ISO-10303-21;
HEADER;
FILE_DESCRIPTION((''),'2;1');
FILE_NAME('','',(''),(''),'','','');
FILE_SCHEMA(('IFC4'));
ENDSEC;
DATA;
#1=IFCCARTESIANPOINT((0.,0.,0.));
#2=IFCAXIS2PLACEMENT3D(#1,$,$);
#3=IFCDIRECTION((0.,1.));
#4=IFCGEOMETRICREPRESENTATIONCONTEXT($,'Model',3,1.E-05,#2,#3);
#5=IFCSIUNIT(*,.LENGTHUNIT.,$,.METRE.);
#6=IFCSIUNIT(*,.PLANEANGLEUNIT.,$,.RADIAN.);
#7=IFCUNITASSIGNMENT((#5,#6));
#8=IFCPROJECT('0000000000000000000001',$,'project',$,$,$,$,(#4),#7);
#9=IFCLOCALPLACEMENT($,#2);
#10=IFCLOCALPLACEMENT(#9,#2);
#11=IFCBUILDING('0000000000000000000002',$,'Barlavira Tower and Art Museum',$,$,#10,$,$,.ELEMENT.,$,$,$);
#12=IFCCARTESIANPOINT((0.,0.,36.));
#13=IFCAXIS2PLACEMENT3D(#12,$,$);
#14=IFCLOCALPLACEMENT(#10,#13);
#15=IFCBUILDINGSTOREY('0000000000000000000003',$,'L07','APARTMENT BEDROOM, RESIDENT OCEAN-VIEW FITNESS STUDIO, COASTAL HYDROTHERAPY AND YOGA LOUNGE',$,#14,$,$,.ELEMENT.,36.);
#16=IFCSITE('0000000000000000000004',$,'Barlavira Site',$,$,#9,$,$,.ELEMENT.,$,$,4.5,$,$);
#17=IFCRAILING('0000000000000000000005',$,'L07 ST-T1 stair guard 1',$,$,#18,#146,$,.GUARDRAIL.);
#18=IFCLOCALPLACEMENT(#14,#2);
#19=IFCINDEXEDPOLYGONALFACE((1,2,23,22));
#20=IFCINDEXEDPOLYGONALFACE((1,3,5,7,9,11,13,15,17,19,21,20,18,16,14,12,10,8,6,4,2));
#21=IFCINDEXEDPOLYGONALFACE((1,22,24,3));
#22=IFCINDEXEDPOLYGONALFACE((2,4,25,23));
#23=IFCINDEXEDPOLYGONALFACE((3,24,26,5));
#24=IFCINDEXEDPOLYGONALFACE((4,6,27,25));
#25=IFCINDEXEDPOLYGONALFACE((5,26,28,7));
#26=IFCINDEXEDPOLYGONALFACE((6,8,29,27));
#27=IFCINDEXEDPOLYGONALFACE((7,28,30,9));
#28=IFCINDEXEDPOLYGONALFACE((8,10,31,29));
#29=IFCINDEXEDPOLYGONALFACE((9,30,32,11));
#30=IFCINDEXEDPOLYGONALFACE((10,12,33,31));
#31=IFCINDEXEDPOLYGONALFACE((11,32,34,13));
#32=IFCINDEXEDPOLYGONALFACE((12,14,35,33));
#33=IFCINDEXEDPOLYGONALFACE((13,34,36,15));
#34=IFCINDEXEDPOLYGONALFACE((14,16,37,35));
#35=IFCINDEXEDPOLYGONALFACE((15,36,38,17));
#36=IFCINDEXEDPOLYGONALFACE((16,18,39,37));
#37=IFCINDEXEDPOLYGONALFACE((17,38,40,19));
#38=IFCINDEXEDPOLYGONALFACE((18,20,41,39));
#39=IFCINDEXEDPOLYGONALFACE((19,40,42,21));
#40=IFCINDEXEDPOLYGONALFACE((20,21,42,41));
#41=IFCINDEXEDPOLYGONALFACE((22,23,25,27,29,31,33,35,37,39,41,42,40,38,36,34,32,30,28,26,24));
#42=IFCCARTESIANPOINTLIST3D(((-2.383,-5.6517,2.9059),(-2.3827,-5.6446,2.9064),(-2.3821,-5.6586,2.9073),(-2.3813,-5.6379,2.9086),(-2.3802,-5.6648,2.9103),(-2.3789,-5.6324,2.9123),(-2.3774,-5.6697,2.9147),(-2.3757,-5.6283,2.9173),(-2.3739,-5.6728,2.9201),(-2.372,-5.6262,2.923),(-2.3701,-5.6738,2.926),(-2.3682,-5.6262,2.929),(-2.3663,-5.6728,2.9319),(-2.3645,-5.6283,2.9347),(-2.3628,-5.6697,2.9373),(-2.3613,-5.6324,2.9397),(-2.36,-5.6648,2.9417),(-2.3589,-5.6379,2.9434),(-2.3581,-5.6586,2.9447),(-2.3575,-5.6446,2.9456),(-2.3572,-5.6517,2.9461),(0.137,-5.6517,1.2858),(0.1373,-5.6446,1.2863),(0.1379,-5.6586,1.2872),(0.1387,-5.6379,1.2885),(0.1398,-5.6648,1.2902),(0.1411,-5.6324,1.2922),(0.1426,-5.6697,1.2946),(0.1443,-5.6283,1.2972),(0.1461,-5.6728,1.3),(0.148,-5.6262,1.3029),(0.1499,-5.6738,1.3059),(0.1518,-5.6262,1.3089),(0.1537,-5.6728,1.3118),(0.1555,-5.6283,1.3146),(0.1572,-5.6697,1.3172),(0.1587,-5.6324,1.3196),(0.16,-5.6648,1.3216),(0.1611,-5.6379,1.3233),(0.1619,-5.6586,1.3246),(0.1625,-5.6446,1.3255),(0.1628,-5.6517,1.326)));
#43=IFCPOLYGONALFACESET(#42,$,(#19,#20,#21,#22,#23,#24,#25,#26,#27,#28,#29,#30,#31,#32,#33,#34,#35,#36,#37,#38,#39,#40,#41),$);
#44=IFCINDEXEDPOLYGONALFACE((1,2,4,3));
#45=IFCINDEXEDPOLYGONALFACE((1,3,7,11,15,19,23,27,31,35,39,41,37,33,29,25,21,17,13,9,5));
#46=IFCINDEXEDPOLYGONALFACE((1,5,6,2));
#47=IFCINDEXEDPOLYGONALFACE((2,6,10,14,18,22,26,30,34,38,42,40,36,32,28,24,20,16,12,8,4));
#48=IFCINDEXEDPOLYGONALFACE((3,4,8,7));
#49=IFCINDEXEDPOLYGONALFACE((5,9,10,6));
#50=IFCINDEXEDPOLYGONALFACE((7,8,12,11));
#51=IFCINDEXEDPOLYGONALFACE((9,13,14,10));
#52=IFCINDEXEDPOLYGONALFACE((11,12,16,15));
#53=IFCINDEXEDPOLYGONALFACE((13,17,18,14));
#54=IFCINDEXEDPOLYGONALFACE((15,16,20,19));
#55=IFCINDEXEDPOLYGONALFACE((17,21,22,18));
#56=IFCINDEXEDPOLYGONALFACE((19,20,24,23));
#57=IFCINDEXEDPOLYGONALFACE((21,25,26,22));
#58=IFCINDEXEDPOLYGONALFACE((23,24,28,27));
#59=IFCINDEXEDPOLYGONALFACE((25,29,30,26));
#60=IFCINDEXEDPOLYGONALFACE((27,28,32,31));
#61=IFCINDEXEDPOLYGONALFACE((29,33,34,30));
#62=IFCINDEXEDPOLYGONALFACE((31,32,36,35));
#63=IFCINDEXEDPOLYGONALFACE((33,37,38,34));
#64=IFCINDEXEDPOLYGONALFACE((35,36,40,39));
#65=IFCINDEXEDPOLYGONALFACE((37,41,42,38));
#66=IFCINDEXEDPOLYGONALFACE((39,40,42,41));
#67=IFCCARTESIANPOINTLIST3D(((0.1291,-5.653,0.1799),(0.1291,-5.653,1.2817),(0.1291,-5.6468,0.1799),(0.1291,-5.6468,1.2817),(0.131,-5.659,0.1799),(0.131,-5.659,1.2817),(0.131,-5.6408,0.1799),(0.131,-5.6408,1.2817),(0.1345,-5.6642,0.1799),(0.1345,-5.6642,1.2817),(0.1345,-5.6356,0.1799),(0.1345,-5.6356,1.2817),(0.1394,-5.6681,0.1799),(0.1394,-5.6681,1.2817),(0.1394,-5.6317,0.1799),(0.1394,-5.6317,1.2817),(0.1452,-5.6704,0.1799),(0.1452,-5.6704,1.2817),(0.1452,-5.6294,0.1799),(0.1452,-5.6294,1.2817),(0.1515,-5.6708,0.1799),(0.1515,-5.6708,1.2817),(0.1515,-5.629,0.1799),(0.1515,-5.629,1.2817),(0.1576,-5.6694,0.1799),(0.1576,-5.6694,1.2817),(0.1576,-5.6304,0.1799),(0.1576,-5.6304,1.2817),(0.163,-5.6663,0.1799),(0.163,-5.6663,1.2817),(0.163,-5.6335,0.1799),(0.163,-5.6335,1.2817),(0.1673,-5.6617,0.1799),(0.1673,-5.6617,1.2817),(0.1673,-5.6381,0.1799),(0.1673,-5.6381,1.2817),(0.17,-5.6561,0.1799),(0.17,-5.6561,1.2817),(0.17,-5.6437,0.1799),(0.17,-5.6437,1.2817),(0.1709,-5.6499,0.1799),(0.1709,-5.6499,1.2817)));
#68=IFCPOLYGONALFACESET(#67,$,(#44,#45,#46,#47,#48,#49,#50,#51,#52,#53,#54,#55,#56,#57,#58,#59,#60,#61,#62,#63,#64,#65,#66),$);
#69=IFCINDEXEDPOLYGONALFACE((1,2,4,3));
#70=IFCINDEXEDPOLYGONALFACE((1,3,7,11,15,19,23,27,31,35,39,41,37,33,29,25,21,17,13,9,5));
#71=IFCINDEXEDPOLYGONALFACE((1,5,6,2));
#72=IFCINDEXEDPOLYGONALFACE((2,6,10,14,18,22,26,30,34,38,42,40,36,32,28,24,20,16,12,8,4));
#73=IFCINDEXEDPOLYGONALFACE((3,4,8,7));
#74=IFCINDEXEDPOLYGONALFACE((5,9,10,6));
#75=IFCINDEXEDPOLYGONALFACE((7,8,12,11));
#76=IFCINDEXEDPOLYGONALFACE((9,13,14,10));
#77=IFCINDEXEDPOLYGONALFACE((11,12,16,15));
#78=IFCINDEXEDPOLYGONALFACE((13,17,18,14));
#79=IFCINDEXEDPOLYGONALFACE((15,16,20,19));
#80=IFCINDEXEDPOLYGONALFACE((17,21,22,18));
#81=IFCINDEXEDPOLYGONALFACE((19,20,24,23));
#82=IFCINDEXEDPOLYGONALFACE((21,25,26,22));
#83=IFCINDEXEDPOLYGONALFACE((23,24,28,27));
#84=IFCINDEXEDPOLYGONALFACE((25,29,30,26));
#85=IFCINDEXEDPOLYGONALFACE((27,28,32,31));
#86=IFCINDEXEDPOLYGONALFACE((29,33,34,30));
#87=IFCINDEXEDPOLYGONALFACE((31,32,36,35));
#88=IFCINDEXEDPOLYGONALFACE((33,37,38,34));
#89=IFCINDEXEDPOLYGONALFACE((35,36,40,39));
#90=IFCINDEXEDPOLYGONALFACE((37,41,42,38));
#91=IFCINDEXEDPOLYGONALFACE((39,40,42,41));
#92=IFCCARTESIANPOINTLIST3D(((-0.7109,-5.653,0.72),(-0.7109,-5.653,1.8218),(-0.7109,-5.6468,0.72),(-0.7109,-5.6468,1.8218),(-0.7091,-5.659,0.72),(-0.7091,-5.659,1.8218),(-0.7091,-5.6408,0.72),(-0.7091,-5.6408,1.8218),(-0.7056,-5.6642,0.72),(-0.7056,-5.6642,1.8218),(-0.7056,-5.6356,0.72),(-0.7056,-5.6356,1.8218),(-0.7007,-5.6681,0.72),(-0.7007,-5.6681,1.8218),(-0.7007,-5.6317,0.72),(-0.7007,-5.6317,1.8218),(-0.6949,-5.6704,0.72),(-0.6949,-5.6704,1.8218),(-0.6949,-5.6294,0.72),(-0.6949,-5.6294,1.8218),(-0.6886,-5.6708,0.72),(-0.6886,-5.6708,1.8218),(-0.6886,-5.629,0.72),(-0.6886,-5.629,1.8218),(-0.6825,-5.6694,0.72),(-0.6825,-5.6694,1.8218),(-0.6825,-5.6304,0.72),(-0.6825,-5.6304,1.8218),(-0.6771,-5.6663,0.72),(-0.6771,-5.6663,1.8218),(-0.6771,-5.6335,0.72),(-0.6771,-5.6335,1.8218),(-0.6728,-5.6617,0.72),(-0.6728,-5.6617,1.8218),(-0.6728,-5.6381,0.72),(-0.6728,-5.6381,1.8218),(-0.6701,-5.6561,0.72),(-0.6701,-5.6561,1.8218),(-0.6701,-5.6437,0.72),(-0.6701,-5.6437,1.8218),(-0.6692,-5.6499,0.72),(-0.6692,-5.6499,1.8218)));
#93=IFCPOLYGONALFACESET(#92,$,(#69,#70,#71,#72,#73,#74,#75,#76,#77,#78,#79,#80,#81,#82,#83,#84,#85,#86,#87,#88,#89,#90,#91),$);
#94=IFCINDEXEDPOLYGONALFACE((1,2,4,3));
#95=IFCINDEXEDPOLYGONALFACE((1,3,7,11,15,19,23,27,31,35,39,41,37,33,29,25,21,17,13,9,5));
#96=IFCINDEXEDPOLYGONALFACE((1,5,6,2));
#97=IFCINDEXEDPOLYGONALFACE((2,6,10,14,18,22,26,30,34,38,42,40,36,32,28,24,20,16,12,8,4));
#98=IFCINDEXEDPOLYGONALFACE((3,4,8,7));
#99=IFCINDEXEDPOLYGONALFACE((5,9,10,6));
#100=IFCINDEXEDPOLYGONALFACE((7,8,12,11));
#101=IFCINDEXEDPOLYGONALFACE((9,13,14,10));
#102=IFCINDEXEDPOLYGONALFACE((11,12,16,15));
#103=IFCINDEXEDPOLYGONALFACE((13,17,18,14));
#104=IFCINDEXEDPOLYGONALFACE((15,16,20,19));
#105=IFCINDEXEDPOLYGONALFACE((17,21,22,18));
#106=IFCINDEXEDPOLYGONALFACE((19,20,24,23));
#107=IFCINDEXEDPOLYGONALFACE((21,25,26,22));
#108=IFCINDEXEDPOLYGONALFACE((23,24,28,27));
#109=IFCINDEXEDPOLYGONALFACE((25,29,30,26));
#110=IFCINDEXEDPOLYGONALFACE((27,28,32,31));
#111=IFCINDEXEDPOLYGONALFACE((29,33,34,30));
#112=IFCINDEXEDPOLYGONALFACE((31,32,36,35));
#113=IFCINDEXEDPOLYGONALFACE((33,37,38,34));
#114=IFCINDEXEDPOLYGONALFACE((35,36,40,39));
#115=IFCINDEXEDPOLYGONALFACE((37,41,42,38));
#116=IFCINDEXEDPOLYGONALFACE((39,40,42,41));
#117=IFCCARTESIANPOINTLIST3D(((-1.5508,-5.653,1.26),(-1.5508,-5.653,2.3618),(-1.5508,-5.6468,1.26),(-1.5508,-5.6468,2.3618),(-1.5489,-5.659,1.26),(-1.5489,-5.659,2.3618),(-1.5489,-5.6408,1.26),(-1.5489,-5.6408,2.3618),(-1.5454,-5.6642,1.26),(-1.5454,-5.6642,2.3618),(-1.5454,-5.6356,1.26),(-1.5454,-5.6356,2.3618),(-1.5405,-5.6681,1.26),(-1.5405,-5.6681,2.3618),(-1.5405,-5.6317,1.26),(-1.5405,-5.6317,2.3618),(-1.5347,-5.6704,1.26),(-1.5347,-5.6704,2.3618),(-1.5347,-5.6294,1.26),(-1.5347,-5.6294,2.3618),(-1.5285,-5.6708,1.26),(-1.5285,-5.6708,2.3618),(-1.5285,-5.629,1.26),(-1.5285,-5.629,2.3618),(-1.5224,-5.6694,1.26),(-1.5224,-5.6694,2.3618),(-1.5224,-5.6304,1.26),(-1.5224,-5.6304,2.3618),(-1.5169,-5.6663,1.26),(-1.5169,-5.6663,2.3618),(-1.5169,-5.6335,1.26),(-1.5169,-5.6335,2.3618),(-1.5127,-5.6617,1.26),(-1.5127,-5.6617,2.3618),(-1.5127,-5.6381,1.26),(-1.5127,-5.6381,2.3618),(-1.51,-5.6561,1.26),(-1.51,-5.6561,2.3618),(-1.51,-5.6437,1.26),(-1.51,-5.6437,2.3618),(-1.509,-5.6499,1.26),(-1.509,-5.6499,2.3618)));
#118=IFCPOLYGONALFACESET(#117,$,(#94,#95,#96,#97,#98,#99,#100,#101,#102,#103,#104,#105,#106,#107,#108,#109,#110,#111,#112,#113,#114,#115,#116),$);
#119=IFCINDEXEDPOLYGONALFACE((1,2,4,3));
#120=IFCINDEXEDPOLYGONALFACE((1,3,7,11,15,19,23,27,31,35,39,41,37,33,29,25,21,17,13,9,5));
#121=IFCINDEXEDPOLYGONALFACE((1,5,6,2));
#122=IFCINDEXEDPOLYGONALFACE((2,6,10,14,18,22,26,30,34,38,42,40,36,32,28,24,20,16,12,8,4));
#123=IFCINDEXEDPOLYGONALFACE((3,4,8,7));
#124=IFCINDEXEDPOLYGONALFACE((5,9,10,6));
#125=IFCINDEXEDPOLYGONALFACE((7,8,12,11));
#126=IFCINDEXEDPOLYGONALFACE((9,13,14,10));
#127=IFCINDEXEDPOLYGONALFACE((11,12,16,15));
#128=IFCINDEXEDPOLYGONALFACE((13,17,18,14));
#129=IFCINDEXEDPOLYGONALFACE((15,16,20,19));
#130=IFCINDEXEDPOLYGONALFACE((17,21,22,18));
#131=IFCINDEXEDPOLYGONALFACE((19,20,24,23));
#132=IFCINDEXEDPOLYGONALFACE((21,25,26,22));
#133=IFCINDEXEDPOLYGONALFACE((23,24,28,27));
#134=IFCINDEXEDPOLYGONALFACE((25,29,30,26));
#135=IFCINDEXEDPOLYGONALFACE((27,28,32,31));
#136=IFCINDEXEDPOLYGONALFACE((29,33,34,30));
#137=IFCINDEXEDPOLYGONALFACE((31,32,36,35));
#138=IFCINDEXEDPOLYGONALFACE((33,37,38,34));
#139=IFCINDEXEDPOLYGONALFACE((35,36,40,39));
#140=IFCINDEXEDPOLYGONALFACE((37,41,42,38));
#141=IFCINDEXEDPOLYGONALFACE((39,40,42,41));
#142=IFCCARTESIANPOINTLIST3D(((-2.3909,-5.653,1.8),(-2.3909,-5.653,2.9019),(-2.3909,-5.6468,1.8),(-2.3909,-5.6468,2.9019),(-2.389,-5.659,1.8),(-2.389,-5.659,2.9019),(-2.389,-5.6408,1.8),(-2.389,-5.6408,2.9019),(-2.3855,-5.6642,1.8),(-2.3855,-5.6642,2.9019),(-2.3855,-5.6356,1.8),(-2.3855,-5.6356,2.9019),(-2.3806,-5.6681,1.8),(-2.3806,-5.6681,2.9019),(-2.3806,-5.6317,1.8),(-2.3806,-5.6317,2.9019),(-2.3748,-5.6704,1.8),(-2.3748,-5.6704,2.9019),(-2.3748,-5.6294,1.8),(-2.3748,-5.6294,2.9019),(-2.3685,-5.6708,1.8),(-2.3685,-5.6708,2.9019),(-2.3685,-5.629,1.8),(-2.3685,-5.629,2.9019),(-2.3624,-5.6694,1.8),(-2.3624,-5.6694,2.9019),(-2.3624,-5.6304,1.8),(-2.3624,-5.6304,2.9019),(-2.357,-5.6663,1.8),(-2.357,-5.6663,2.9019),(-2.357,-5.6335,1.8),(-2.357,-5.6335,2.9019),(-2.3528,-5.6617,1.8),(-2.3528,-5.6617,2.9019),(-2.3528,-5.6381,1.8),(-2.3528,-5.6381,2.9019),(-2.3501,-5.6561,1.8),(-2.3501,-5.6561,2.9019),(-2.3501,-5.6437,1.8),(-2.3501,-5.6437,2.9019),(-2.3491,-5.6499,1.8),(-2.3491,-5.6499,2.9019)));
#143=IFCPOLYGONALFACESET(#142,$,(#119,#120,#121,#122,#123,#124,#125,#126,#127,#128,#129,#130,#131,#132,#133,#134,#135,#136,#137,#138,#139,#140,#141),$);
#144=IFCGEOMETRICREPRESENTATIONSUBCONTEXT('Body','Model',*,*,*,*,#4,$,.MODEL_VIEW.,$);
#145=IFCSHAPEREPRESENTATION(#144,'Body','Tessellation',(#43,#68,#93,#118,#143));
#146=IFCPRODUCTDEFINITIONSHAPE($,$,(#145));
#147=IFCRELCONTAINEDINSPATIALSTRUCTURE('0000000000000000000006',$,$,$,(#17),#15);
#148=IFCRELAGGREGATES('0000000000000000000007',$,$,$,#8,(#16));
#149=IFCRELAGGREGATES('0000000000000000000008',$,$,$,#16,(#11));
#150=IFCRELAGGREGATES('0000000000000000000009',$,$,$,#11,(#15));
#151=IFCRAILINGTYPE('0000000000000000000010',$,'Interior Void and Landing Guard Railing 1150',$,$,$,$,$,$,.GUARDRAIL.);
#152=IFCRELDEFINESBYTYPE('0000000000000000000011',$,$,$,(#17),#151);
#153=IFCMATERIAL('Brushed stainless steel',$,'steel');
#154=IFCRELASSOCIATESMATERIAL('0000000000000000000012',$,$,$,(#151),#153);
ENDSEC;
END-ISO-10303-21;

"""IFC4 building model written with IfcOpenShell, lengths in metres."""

from ifc_helpers import new_model, si_unit, direction, frame, origin, origin_2d, place, context, subcontext, project, spatial, circle, extrude, material, type_object, element, save


model = new_model("IFC4")

# Units and contexts
model_context = context("Model", 3, precision=1e-05, world=origin(), true_north=direction((0.0, 1.0)))
body_context = subcontext(model_context, "Body", "Model", "MODEL_VIEW")
ifc_project = project(units=[si_unit("LENGTHUNIT", "METRE"), si_unit("PLANEANGLEUNIT", "RADIAN")], contexts=[model_context])

# Site, building, storey
site_placement = place(None, origin())
site = spatial("IfcSite", under=ifc_project, at=site_placement, Name="Barlavira Site", CompositionType="ELEMENT", RefElevation=4.5)
building_placement = place(site_placement, origin())
building = spatial("IfcBuilding", under=site, at=building_placement, Name="Barlavira Tower and Art Museum", CompositionType="ELEMENT")
storey_placement = place(building_placement, frame((0.0, 0.0, 36.0)))
storey = spatial("IfcBuildingStorey", under=building, at=storey_placement, Name="L07", Description="APARTMENT BEDROOM, RESIDENT OCEAN-VIEW FITNESS STUDIO, COASTAL HYDROTHERAPY AND YOGA LOUNGE", CompositionType="ELEMENT", Elevation=36.0)

# Shared definitions
ifc_material_1 = material(Name="Brushed stainless steel", Category="steel")

# Railing
railing_type_1 = type_object("IfcRailingType", Name="Interior Void and Landing Guard Railing 1150", PredefinedType="GUARDRAIL", material=ifc_material_1)
railing_1_placement = place(storey_placement, frame((0.1499, -5.6499, 0.1799)))
element("IfcRailing", 1, at=railing_1_placement, inside=storey, type_object=railing_type_1, Name="L07 ST-T1 stair guard 1", PredefinedType="GUARDRAIL", context=body_context, shape_type="SweptSolid", body=[
    extrude(circle(Radius=0.0239, at=origin_2d()), frame((0.0, 0.0, 1.126), z_axis=(-0.841163, 0.0, 0.540782), x_axis=(0.0, -1.0, 0.0)), (0.0, 0.0, 1.0), 2.9958),
    extrude(circle(Radius=0.021, at=origin_2d()), origin(), (0.0, 0.0, 1.0), 1.1018),
    extrude(circle(Radius=0.021, at=origin_2d()), frame((-0.8401, 0.0, 0.54)), (0.0, 0.0, 1.0), 1.1018),
    extrude(circle(Radius=0.021, at=origin_2d()), frame((-1.6799, 0.0, 1.0801)), (0.0, 0.0, 1.0), 1.1018),
    extrude(circle(Radius=0.021, at=origin_2d()), frame((-2.52, 0.0, 1.6201)), (0.0, 0.0, 1.0), 1.1018),
])

save(model, "model.ifc")
